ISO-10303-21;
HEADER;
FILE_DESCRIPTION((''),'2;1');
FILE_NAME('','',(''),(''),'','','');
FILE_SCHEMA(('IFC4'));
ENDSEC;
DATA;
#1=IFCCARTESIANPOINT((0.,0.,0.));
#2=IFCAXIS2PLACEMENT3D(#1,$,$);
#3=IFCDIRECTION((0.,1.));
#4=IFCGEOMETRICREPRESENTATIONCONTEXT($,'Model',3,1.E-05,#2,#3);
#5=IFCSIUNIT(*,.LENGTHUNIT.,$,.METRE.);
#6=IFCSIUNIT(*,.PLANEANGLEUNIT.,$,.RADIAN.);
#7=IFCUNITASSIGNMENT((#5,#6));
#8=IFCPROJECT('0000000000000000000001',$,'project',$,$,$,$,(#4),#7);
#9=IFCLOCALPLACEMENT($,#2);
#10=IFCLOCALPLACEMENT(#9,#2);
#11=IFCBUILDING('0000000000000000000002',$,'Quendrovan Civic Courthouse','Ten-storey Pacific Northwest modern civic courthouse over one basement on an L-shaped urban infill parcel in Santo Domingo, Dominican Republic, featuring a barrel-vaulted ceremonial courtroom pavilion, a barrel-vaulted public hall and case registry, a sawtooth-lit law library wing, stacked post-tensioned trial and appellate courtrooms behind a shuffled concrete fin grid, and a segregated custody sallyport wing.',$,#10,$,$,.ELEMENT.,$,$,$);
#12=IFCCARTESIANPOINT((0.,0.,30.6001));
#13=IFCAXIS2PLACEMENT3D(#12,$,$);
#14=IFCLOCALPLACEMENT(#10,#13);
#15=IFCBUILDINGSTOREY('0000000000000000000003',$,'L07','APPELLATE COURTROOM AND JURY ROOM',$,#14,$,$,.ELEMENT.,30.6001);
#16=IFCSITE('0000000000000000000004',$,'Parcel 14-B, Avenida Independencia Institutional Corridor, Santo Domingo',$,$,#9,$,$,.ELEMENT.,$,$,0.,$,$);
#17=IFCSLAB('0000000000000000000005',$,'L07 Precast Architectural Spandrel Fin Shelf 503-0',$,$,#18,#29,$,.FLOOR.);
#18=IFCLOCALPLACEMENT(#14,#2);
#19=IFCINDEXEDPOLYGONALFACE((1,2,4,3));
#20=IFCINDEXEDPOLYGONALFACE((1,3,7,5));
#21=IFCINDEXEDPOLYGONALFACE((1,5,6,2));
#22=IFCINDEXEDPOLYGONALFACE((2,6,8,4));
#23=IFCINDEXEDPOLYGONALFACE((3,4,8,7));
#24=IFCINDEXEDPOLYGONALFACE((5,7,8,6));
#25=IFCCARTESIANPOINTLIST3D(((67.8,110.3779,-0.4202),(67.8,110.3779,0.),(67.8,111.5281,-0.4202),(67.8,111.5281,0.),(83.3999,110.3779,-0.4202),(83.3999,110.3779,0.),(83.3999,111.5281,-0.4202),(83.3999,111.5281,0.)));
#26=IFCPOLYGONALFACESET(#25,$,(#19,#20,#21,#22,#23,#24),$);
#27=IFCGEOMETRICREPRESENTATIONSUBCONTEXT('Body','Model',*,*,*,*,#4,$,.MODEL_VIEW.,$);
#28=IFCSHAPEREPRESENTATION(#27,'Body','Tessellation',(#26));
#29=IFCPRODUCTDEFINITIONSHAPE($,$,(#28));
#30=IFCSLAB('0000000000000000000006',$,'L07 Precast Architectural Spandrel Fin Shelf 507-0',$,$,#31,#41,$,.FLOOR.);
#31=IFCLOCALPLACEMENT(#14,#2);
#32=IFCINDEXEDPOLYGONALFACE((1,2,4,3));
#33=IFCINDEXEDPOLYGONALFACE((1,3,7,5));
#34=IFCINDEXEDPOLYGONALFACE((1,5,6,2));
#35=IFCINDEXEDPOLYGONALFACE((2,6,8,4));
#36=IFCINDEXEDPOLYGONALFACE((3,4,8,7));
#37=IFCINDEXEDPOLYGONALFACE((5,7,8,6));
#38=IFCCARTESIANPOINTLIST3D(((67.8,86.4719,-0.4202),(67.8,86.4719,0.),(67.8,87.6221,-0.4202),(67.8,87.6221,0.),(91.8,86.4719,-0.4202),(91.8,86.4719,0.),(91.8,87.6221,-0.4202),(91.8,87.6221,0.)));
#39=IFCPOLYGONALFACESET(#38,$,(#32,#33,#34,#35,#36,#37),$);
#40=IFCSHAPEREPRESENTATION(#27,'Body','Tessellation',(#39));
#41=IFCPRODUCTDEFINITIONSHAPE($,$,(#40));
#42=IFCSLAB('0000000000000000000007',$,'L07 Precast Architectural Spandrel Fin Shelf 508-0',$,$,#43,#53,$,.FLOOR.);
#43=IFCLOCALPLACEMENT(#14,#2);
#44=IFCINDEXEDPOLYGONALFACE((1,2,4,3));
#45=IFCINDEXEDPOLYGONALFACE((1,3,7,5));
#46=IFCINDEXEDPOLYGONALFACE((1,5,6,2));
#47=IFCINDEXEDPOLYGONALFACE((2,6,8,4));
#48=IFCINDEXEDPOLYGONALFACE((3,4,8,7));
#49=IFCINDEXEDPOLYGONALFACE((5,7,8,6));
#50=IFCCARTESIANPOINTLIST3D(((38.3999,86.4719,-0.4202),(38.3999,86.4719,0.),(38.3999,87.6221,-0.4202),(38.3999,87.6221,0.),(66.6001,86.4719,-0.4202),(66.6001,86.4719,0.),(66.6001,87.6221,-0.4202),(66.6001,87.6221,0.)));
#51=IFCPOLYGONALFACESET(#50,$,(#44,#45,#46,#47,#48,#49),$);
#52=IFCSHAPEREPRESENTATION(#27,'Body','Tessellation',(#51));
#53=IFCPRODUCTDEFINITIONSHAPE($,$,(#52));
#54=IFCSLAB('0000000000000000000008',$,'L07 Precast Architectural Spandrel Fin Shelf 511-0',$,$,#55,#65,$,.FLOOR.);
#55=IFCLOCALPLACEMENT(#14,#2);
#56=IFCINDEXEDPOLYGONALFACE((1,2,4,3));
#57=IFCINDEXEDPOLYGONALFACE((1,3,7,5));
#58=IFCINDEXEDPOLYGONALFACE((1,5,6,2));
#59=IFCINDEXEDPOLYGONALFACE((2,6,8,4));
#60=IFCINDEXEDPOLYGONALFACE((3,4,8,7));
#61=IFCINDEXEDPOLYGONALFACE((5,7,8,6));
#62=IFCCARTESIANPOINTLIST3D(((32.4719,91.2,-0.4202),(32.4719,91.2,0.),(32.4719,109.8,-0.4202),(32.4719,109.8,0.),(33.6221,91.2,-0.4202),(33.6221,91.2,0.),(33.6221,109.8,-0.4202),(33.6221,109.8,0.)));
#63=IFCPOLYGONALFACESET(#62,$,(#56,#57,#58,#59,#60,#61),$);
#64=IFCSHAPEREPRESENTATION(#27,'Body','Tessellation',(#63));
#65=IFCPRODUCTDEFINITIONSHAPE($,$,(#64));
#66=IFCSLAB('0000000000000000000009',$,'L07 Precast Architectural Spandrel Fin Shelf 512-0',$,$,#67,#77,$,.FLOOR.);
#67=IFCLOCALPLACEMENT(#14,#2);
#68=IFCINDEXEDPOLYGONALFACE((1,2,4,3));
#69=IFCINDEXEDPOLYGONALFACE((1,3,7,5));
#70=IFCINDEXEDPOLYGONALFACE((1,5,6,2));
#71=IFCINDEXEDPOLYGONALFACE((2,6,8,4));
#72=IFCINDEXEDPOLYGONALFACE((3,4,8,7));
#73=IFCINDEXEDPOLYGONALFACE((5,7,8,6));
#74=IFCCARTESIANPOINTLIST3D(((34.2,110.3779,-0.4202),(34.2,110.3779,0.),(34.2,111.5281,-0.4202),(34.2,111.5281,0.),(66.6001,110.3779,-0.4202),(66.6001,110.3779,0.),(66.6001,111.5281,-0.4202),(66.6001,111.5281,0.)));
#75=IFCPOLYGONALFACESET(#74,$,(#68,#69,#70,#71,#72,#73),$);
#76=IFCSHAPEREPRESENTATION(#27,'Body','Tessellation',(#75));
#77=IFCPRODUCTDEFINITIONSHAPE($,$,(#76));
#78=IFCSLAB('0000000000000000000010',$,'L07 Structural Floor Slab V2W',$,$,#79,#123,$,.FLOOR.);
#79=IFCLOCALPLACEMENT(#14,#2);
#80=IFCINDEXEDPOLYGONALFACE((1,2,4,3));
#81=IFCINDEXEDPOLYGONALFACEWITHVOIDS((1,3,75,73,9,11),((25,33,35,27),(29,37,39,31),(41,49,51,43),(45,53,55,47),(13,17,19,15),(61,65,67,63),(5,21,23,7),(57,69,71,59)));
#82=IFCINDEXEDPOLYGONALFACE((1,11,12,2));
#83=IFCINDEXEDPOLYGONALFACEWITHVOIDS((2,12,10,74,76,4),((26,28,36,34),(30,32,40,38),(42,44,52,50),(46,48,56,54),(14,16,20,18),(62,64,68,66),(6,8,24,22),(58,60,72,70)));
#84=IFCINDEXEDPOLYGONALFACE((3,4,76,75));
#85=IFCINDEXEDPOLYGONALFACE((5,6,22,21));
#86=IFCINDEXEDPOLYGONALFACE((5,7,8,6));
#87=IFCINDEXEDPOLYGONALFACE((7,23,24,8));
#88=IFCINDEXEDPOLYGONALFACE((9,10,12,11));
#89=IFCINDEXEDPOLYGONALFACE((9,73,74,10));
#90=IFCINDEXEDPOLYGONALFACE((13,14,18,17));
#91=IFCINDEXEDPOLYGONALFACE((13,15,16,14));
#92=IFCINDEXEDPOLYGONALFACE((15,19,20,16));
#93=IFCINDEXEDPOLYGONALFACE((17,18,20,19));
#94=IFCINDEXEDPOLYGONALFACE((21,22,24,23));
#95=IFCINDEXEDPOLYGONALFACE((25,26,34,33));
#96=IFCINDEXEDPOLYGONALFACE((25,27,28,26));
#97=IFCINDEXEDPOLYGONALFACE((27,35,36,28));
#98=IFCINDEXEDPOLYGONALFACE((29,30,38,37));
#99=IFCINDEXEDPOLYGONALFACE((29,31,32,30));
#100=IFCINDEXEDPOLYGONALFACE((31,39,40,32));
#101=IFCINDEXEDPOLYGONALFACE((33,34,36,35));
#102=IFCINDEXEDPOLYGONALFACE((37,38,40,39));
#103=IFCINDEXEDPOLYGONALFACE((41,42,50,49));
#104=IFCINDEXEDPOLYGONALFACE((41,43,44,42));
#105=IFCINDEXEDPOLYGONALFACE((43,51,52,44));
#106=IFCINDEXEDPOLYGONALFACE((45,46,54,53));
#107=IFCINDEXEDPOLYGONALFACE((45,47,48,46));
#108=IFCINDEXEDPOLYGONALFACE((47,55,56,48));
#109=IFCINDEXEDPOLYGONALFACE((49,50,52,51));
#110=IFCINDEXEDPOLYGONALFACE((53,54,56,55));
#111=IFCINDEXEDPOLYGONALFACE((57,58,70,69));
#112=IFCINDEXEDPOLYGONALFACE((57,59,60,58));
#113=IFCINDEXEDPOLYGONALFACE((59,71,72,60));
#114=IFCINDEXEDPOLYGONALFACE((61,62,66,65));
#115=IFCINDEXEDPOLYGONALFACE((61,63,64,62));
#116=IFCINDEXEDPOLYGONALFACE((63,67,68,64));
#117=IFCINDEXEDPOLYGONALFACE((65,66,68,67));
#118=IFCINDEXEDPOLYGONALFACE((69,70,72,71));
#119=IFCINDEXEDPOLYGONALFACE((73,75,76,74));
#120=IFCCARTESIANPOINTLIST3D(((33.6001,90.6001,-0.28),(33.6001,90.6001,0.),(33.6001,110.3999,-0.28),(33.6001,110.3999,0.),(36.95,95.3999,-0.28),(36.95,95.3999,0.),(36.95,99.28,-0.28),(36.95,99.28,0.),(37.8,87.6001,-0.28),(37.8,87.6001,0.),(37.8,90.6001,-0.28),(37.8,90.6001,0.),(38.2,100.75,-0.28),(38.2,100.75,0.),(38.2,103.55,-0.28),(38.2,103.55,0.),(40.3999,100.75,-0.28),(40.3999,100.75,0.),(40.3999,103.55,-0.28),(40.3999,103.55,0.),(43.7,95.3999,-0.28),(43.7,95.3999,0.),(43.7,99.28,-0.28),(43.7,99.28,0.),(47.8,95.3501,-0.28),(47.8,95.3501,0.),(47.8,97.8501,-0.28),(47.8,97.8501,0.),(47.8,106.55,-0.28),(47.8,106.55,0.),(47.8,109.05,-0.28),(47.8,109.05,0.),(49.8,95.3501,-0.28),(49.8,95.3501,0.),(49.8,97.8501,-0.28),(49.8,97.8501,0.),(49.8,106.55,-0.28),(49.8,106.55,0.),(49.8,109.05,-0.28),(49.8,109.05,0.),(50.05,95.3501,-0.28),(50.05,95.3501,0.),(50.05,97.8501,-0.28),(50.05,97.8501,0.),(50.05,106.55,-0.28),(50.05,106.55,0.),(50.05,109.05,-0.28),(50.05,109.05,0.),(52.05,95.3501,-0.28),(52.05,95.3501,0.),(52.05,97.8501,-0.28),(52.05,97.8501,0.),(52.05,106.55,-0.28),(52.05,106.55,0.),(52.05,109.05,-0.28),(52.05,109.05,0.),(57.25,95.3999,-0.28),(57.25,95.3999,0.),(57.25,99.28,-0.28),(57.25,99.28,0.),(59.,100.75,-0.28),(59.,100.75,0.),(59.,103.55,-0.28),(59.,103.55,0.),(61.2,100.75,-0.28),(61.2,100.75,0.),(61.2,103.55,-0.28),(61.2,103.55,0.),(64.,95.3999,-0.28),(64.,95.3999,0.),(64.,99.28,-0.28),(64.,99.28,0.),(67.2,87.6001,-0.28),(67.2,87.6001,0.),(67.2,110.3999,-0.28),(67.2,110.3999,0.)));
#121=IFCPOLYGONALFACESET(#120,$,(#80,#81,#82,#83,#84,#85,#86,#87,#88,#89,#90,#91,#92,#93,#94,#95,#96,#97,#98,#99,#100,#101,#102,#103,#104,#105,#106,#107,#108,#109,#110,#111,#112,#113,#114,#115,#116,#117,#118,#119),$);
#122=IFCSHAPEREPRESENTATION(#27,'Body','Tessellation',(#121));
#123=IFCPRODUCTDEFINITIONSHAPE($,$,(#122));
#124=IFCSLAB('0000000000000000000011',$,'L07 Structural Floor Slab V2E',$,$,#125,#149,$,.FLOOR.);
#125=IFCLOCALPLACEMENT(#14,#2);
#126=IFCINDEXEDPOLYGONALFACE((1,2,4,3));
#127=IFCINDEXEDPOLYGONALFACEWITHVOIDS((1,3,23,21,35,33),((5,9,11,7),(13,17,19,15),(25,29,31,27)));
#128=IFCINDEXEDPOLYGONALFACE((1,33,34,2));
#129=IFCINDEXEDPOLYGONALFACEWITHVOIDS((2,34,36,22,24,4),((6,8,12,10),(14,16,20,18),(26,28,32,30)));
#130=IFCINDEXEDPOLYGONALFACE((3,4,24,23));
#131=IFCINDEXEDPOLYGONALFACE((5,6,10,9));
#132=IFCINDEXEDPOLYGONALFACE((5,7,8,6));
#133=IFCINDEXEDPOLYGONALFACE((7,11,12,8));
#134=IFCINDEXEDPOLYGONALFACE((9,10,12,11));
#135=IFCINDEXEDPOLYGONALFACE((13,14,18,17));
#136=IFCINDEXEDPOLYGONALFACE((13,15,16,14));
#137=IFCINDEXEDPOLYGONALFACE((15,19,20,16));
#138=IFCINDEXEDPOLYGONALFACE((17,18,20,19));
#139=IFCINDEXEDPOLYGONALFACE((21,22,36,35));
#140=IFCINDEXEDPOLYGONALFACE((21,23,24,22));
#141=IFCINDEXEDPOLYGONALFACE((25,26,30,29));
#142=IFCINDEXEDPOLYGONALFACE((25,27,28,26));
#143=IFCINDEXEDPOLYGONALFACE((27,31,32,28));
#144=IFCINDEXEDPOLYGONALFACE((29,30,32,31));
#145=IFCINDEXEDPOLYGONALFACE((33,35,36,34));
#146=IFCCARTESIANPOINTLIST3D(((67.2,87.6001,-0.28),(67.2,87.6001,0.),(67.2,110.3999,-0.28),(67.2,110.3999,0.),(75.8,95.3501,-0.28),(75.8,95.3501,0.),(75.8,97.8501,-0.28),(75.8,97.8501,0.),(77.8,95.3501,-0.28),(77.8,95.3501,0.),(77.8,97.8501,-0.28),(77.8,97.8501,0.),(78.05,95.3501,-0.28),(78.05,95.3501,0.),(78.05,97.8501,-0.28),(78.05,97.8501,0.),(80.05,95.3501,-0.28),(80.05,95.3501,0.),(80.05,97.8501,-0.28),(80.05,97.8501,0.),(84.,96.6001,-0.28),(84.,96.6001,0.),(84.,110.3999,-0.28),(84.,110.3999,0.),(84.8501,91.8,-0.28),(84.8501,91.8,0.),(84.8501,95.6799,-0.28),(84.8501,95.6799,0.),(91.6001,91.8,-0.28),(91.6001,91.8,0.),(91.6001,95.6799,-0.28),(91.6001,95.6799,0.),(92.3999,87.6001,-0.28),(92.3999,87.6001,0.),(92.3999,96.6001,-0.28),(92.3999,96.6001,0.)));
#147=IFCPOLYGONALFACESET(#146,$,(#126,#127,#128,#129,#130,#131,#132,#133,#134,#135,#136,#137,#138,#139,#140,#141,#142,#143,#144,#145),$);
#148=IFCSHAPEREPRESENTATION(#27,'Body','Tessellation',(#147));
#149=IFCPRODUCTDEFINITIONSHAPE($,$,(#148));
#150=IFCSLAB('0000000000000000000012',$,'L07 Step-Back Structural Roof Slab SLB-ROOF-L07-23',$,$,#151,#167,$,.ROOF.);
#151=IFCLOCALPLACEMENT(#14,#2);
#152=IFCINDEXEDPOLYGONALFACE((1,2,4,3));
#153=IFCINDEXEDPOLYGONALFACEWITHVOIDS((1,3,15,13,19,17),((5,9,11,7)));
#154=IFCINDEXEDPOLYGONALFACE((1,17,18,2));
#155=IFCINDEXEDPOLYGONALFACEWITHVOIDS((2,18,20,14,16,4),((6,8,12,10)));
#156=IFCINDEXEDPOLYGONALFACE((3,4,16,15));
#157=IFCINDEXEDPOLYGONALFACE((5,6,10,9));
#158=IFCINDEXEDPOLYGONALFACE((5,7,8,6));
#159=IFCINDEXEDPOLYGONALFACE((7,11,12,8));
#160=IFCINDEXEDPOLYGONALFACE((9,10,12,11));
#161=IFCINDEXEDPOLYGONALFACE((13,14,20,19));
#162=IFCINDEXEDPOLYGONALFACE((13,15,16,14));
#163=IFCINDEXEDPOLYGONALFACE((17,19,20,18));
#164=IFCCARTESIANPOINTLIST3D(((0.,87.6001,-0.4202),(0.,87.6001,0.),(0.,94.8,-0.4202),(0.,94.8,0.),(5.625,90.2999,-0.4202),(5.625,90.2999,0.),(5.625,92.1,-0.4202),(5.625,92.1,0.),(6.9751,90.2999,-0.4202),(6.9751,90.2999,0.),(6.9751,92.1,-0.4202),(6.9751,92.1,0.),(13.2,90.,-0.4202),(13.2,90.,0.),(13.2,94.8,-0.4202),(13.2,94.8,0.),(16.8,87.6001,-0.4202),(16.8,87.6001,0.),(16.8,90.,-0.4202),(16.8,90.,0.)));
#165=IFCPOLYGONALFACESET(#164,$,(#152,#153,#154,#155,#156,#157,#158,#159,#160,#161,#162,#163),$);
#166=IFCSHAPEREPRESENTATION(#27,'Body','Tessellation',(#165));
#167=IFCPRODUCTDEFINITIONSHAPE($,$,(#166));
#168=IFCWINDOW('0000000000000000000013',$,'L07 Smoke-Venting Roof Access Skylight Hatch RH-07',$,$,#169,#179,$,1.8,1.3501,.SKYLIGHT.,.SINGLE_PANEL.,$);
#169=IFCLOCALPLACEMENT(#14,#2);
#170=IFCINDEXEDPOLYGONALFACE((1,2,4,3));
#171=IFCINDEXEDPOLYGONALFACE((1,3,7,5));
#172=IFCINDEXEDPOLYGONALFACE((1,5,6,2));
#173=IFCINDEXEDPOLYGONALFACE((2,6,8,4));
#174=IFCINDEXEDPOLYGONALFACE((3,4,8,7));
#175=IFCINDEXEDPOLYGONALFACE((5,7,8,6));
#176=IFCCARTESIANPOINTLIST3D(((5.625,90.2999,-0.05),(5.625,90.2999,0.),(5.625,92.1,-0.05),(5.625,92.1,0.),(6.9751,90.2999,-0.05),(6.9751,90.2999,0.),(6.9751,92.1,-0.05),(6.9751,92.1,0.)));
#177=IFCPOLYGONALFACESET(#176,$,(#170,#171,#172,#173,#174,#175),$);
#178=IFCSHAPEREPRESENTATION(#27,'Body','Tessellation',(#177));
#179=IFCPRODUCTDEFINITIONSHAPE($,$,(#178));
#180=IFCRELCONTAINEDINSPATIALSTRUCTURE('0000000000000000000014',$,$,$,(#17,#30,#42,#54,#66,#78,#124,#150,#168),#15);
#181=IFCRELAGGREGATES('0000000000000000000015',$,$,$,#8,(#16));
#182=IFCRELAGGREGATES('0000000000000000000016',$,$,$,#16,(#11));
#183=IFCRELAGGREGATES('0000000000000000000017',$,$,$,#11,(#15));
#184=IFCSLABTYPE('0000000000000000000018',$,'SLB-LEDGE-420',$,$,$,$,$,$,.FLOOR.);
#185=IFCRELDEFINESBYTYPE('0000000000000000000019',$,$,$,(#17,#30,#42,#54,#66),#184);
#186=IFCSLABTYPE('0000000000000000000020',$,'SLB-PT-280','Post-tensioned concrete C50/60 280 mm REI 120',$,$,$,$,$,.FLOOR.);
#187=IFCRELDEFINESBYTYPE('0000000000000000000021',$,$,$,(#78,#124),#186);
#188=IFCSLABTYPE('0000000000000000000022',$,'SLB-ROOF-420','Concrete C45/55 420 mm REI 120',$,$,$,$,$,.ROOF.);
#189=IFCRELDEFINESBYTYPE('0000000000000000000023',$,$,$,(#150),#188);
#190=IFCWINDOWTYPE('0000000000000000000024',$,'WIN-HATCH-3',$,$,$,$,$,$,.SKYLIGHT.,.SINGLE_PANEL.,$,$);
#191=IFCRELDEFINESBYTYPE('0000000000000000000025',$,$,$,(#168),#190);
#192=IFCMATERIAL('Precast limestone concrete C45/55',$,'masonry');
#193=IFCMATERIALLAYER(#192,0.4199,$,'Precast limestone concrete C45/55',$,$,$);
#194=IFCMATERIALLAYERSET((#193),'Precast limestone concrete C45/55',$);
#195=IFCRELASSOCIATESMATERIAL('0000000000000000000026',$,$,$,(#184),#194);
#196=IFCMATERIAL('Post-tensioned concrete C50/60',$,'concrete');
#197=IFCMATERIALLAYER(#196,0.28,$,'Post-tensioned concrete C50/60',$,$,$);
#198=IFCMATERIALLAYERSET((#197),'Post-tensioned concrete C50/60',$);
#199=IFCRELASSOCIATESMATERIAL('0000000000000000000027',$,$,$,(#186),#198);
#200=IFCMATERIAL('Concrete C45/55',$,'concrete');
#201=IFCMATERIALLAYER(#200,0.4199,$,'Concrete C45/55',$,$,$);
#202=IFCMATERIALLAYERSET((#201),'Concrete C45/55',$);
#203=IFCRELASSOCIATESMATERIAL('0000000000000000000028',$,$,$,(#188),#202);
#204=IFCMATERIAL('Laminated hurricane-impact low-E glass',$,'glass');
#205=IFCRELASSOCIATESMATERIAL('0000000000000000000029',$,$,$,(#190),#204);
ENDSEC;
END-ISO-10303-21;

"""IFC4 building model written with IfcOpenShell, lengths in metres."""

from ifc_helpers import new_model, si_unit, direction, frame, origin, origin_2d, place, context, subcontext, project, spatial, polyline, rectangle, outline, extrude, material, layer, layer_set, type_object, element, fill, save


model = new_model("IFC4")

# Units and contexts
model_context = context("Model", 3, precision=1e-05, world=origin(), true_north=direction((0.0, 1.0)))
body_context = subcontext(model_context, "Body", "Model", "MODEL_VIEW")
ifc_project = project(units=[si_unit("LENGTHUNIT", "METRE"), si_unit("PLANEANGLEUNIT", "RADIAN")], contexts=[model_context])

# Site, building, storey
site_placement = place(None, origin())
site = spatial("IfcSite", under=ifc_project, at=site_placement, Name="Parcel 14-B, Avenida Independencia Institutional Corridor, Santo Domingo", CompositionType="ELEMENT", RefElevation=0.0)
building_placement = place(site_placement, origin())
building = spatial("IfcBuilding", under=site, at=building_placement, Name="Quendrovan Civic Courthouse", Description="Ten-storey Pacific Northwest modern civic courthouse over one basement on an L-shaped urban infill parcel in Santo Domingo, Dominican Republic, featuring a barrel-vaulted ceremonial courtroom pavilion, a barrel-vaulted public hall and case registry, a sawtooth-lit law library wing, stacked post-tensioned trial and appellate courtrooms behind a shuffled concrete fin grid, and a segregated custody sallyport wing.", CompositionType="ELEMENT")
storey_placement = place(building_placement, frame((0.0, 0.0, 30.6001)))
storey = spatial("IfcBuildingStorey", under=building, at=storey_placement, Name="L07", Description="APPELLATE COURTROOM AND JURY ROOM", CompositionType="ELEMENT", Elevation=30.6001)

# Shared definitions
ifc_material_1 = material(Name="Concrete C45/55", Category="concrete")

# Shared definitions
ifc_material_2 = material(Name="Post-tensioned concrete C50/60", Category="concrete")

# Slabs
ifc_material_3 = material(Name="Precast limestone concrete C45/55", Category="masonry")
ifc_layer_1 = layer(ifc_material_3, 0.4199, Name="Precast limestone concrete C45/55")
ifc_layer_set_1 = layer_set([ifc_layer_1], Name="Precast limestone concrete C45/55")
slab_type_1 = type_object("IfcSlabType", Name="SLB-LEDGE-420", PredefinedType="FLOOR", material=ifc_layer_set_1)
slab_1_placement = place(storey_placement, frame((0.0, 0.0, -0.4202)))
element("IfcSlab", 1, at=slab_1_placement, inside=storey, type_object=slab_type_1, Name="L07 Precast Architectural Spandrel Fin Shelf 503-0", PredefinedType="FLOOR", context=body_context, shape_type="SweptSolid", body=[
    extrude(outline(polyline([(67.8, 111.5281), (83.3999, 111.5281), (83.3999, 110.3779), (67.8, 110.3779), (67.8, 111.5281)])), origin(), (0.0, 0.0, 1.0), 0.4202),
])
slab_2_placement = place(storey_placement, frame((0.0, 0.0, -0.4202)))
element("IfcSlab", 2, at=slab_2_placement, inside=storey, type_object=slab_type_1, Name="L07 Precast Architectural Spandrel Fin Shelf 507-0", PredefinedType="FLOOR", context=body_context, shape_type="SweptSolid", body=[
    extrude(outline(polyline([(91.8, 86.4719), (67.8, 86.4719), (67.8, 87.6221), (91.8, 87.6221), (91.8, 86.4719)])), origin(), (0.0, 0.0, 1.0), 0.4202),
])
slab_3_placement = place(storey_placement, frame((0.0, 0.0, -0.4202)))
element("IfcSlab", 3, at=slab_3_placement, inside=storey, type_object=slab_type_1, Name="L07 Precast Architectural Spandrel Fin Shelf 508-0", PredefinedType="FLOOR", context=body_context, shape_type="SweptSolid", body=[
    extrude(outline(polyline([(66.6001, 86.4719), (38.3999, 86.4719), (38.3999, 87.6221), (66.6001, 87.6221), (66.6001, 86.4719)])), origin(), (0.0, 0.0, 1.0), 0.4202),
])
slab_4_placement = place(storey_placement, frame((0.0, 0.0, -0.4202)))
element("IfcSlab", 4, at=slab_4_placement, inside=storey, type_object=slab_type_1, Name="L07 Precast Architectural Spandrel Fin Shelf 511-0", PredefinedType="FLOOR", context=body_context, shape_type="SweptSolid", body=[
    extrude(outline(polyline([(32.4719, 91.2), (32.4719, 109.8), (33.6221, 109.8), (33.6221, 91.2), (32.4719, 91.2)])), origin(), (0.0, 0.0, 1.0), 0.4202),
])
slab_5_placement = place(storey_placement, frame((0.0, 0.0, -0.4202)))
element("IfcSlab", 5, at=slab_5_placement, inside=storey, type_object=slab_type_1, Name="L07 Precast Architectural Spandrel Fin Shelf 512-0", PredefinedType="FLOOR", context=body_context, shape_type="SweptSolid", body=[
    extrude(outline(polyline([(34.2, 111.5281), (66.6001, 111.5281), (66.6001, 110.3779), (34.2, 110.3779), (34.2, 111.5281)])), origin(), (0.0, 0.0, 1.0), 0.4202),
])
ifc_layer_2 = layer(ifc_material_2, 0.28, Name="Post-tensioned concrete C50/60")
ifc_layer_set_2 = layer_set([ifc_layer_2], Name="Post-tensioned concrete C50/60")
slab_type_2 = type_object("IfcSlabType", Name="SLB-PT-280", Description="Post-tensioned concrete C50/60 280 mm REI 120", PredefinedType="FLOOR", material=ifc_layer_set_2)
slab_6_placement = place(storey_placement, frame((0.0, 0.0, -0.28)))
element("IfcSlab", 6, at=slab_6_placement, inside=storey, type_object=slab_type_2, Name="L07 Structural Floor Slab V2W", PredefinedType="FLOOR", context=body_context, shape_type="SweptSolid", body=[
    extrude(outline(polyline([(67.2, 110.3999), (67.2, 87.6001), (37.8, 87.6001), (37.8, 90.6001), (33.6001, 90.6001), (33.6001, 110.3999), (67.2, 110.3999)]), holes=[polyline([(49.8, 97.8501), (47.8, 97.8501), (47.8, 95.3501), (49.8, 95.3501), (49.8, 97.8501)]), polyline([(52.05, 97.8501), (50.05, 97.8501), (50.05, 95.3501), (52.05, 95.3501), (52.05, 97.8501)]), polyline([(43.7, 99.28), (36.95, 99.28), (36.95, 95.3999), (43.7, 95.3999), (43.7, 99.28)]), polyline([(64.0, 99.28), (57.25, 99.28), (57.25, 95.3999), (64.0, 95.3999), (64.0, 99.28)]), polyline([(40.3999, 103.55), (38.2, 103.55), (38.2, 100.75), (40.3999, 100.75), (40.3999, 103.55)]), polyline([(61.2, 103.55), (59.0, 103.55), (59.0, 100.75), (61.2, 100.75), (61.2, 103.55)]), polyline([(49.8, 109.05), (47.8, 109.05), (47.8, 106.55), (49.8, 106.55), (49.8, 109.05)]), polyline([(52.05, 109.05), (50.05, 109.05), (50.05, 106.55), (52.05, 106.55), (52.05, 109.05)])]), origin(), (0.0, 0.0, 1.0), 0.28),
])
slab_7_placement = place(storey_placement, frame((0.0, 0.0, -0.28)))
element("IfcSlab", 7, at=slab_7_placement, inside=storey, type_object=slab_type_2, Name="L07 Structural Floor Slab V2E", PredefinedType="FLOOR", context=body_context, shape_type="SweptSolid", body=[
    extrude(outline(polyline([(67.2, 87.6001), (67.2, 110.3999), (84.0, 110.3999), (84.0, 96.6001), (92.3999, 96.6001), (92.3999, 87.6001), (67.2, 87.6001)]), holes=[polyline([(84.8501, 91.8), (91.6001, 91.8), (91.6001, 95.6799), (84.8501, 95.6799), (84.8501, 91.8)]), polyline([(75.8, 97.8501), (75.8, 95.3501), (77.8, 95.3501), (77.8, 97.8501), (75.8, 97.8501)]), polyline([(78.05, 97.8501), (78.05, 95.3501), (80.05, 95.3501), (80.05, 97.8501), (78.05, 97.8501)])]), origin(), (0.0, 0.0, 1.0), 0.28),
])

# Slab, opening, window
ifc_layer_3 = layer(ifc_material_1, 0.4199, Name="Concrete C45/55")
ifc_layer_set_3 = layer_set([ifc_layer_3], Name="Concrete C45/55")
slab_type_3 = type_object("IfcSlabType", Name="SLB-ROOF-420", Description="Concrete C45/55 420 mm REI 120", PredefinedType="ROOF", material=ifc_layer_set_3)
slab_8_placement = place(storey_placement, frame((0.0, 0.0, -0.4202)))
slab_8 = element("IfcSlab", 8, at=slab_8_placement, inside=storey, type_object=slab_type_3, Name="L07 Step-Back Structural Roof Slab SLB-ROOF-L07-23", PredefinedType="ROOF", context=body_context, shape_type="SweptSolid", body=[
    extrude(outline(polyline([(13.2, 94.8), (13.2, 90.0), (16.8, 90.0), (16.8, 87.6001), (0.0, 87.6001), (0.0, 94.8), (13.2, 94.8)])), origin(), (0.0, 0.0, 1.0), 0.4202),
])
opening_placement = place(slab_8_placement, frame((6.3, 91.2, 0.0)))
opening = element("IfcOpeningElement", 9, at=opening_placement, cuts=slab_8, PredefinedType="OPENING", context=body_context, shape_type="SweptSolid", body=[
    extrude(rectangle(XDim=1.3501, YDim=1.8, at=origin_2d()), frame((0.0, 0.0, -0.01)), (0.0, 0.0, 1.0), 0.4402),
])
ifc_material_4 = material(Name="Laminated hurricane-impact low-E glass", Category="glass")
window_type = type_object("IfcWindowType", Name="WIN-HATCH-3", PartitioningType="SINGLE_PANEL", PredefinedType="SKYLIGHT", material=ifc_material_4)
window_placement = place(opening_placement, frame((0.0, 0.0, 0.3701)))
window = element("IfcWindow", 10, at=window_placement, inside=storey, type_object=window_type, Name="L07 Smoke-Venting Roof Access Skylight Hatch RH-07", OverallHeight=1.8, OverallWidth=1.3501, PartitioningType="SINGLE_PANEL", PredefinedType="SKYLIGHT", context=body_context, shape_type="SweptSolid", body=[
    extrude(rectangle(XDim=1.3501, YDim=1.8, at=origin_2d()), origin(), (0.0, 0.0, 1.0), 0.05),
])
fill(opening, window)

save(model, "model.ifc")
